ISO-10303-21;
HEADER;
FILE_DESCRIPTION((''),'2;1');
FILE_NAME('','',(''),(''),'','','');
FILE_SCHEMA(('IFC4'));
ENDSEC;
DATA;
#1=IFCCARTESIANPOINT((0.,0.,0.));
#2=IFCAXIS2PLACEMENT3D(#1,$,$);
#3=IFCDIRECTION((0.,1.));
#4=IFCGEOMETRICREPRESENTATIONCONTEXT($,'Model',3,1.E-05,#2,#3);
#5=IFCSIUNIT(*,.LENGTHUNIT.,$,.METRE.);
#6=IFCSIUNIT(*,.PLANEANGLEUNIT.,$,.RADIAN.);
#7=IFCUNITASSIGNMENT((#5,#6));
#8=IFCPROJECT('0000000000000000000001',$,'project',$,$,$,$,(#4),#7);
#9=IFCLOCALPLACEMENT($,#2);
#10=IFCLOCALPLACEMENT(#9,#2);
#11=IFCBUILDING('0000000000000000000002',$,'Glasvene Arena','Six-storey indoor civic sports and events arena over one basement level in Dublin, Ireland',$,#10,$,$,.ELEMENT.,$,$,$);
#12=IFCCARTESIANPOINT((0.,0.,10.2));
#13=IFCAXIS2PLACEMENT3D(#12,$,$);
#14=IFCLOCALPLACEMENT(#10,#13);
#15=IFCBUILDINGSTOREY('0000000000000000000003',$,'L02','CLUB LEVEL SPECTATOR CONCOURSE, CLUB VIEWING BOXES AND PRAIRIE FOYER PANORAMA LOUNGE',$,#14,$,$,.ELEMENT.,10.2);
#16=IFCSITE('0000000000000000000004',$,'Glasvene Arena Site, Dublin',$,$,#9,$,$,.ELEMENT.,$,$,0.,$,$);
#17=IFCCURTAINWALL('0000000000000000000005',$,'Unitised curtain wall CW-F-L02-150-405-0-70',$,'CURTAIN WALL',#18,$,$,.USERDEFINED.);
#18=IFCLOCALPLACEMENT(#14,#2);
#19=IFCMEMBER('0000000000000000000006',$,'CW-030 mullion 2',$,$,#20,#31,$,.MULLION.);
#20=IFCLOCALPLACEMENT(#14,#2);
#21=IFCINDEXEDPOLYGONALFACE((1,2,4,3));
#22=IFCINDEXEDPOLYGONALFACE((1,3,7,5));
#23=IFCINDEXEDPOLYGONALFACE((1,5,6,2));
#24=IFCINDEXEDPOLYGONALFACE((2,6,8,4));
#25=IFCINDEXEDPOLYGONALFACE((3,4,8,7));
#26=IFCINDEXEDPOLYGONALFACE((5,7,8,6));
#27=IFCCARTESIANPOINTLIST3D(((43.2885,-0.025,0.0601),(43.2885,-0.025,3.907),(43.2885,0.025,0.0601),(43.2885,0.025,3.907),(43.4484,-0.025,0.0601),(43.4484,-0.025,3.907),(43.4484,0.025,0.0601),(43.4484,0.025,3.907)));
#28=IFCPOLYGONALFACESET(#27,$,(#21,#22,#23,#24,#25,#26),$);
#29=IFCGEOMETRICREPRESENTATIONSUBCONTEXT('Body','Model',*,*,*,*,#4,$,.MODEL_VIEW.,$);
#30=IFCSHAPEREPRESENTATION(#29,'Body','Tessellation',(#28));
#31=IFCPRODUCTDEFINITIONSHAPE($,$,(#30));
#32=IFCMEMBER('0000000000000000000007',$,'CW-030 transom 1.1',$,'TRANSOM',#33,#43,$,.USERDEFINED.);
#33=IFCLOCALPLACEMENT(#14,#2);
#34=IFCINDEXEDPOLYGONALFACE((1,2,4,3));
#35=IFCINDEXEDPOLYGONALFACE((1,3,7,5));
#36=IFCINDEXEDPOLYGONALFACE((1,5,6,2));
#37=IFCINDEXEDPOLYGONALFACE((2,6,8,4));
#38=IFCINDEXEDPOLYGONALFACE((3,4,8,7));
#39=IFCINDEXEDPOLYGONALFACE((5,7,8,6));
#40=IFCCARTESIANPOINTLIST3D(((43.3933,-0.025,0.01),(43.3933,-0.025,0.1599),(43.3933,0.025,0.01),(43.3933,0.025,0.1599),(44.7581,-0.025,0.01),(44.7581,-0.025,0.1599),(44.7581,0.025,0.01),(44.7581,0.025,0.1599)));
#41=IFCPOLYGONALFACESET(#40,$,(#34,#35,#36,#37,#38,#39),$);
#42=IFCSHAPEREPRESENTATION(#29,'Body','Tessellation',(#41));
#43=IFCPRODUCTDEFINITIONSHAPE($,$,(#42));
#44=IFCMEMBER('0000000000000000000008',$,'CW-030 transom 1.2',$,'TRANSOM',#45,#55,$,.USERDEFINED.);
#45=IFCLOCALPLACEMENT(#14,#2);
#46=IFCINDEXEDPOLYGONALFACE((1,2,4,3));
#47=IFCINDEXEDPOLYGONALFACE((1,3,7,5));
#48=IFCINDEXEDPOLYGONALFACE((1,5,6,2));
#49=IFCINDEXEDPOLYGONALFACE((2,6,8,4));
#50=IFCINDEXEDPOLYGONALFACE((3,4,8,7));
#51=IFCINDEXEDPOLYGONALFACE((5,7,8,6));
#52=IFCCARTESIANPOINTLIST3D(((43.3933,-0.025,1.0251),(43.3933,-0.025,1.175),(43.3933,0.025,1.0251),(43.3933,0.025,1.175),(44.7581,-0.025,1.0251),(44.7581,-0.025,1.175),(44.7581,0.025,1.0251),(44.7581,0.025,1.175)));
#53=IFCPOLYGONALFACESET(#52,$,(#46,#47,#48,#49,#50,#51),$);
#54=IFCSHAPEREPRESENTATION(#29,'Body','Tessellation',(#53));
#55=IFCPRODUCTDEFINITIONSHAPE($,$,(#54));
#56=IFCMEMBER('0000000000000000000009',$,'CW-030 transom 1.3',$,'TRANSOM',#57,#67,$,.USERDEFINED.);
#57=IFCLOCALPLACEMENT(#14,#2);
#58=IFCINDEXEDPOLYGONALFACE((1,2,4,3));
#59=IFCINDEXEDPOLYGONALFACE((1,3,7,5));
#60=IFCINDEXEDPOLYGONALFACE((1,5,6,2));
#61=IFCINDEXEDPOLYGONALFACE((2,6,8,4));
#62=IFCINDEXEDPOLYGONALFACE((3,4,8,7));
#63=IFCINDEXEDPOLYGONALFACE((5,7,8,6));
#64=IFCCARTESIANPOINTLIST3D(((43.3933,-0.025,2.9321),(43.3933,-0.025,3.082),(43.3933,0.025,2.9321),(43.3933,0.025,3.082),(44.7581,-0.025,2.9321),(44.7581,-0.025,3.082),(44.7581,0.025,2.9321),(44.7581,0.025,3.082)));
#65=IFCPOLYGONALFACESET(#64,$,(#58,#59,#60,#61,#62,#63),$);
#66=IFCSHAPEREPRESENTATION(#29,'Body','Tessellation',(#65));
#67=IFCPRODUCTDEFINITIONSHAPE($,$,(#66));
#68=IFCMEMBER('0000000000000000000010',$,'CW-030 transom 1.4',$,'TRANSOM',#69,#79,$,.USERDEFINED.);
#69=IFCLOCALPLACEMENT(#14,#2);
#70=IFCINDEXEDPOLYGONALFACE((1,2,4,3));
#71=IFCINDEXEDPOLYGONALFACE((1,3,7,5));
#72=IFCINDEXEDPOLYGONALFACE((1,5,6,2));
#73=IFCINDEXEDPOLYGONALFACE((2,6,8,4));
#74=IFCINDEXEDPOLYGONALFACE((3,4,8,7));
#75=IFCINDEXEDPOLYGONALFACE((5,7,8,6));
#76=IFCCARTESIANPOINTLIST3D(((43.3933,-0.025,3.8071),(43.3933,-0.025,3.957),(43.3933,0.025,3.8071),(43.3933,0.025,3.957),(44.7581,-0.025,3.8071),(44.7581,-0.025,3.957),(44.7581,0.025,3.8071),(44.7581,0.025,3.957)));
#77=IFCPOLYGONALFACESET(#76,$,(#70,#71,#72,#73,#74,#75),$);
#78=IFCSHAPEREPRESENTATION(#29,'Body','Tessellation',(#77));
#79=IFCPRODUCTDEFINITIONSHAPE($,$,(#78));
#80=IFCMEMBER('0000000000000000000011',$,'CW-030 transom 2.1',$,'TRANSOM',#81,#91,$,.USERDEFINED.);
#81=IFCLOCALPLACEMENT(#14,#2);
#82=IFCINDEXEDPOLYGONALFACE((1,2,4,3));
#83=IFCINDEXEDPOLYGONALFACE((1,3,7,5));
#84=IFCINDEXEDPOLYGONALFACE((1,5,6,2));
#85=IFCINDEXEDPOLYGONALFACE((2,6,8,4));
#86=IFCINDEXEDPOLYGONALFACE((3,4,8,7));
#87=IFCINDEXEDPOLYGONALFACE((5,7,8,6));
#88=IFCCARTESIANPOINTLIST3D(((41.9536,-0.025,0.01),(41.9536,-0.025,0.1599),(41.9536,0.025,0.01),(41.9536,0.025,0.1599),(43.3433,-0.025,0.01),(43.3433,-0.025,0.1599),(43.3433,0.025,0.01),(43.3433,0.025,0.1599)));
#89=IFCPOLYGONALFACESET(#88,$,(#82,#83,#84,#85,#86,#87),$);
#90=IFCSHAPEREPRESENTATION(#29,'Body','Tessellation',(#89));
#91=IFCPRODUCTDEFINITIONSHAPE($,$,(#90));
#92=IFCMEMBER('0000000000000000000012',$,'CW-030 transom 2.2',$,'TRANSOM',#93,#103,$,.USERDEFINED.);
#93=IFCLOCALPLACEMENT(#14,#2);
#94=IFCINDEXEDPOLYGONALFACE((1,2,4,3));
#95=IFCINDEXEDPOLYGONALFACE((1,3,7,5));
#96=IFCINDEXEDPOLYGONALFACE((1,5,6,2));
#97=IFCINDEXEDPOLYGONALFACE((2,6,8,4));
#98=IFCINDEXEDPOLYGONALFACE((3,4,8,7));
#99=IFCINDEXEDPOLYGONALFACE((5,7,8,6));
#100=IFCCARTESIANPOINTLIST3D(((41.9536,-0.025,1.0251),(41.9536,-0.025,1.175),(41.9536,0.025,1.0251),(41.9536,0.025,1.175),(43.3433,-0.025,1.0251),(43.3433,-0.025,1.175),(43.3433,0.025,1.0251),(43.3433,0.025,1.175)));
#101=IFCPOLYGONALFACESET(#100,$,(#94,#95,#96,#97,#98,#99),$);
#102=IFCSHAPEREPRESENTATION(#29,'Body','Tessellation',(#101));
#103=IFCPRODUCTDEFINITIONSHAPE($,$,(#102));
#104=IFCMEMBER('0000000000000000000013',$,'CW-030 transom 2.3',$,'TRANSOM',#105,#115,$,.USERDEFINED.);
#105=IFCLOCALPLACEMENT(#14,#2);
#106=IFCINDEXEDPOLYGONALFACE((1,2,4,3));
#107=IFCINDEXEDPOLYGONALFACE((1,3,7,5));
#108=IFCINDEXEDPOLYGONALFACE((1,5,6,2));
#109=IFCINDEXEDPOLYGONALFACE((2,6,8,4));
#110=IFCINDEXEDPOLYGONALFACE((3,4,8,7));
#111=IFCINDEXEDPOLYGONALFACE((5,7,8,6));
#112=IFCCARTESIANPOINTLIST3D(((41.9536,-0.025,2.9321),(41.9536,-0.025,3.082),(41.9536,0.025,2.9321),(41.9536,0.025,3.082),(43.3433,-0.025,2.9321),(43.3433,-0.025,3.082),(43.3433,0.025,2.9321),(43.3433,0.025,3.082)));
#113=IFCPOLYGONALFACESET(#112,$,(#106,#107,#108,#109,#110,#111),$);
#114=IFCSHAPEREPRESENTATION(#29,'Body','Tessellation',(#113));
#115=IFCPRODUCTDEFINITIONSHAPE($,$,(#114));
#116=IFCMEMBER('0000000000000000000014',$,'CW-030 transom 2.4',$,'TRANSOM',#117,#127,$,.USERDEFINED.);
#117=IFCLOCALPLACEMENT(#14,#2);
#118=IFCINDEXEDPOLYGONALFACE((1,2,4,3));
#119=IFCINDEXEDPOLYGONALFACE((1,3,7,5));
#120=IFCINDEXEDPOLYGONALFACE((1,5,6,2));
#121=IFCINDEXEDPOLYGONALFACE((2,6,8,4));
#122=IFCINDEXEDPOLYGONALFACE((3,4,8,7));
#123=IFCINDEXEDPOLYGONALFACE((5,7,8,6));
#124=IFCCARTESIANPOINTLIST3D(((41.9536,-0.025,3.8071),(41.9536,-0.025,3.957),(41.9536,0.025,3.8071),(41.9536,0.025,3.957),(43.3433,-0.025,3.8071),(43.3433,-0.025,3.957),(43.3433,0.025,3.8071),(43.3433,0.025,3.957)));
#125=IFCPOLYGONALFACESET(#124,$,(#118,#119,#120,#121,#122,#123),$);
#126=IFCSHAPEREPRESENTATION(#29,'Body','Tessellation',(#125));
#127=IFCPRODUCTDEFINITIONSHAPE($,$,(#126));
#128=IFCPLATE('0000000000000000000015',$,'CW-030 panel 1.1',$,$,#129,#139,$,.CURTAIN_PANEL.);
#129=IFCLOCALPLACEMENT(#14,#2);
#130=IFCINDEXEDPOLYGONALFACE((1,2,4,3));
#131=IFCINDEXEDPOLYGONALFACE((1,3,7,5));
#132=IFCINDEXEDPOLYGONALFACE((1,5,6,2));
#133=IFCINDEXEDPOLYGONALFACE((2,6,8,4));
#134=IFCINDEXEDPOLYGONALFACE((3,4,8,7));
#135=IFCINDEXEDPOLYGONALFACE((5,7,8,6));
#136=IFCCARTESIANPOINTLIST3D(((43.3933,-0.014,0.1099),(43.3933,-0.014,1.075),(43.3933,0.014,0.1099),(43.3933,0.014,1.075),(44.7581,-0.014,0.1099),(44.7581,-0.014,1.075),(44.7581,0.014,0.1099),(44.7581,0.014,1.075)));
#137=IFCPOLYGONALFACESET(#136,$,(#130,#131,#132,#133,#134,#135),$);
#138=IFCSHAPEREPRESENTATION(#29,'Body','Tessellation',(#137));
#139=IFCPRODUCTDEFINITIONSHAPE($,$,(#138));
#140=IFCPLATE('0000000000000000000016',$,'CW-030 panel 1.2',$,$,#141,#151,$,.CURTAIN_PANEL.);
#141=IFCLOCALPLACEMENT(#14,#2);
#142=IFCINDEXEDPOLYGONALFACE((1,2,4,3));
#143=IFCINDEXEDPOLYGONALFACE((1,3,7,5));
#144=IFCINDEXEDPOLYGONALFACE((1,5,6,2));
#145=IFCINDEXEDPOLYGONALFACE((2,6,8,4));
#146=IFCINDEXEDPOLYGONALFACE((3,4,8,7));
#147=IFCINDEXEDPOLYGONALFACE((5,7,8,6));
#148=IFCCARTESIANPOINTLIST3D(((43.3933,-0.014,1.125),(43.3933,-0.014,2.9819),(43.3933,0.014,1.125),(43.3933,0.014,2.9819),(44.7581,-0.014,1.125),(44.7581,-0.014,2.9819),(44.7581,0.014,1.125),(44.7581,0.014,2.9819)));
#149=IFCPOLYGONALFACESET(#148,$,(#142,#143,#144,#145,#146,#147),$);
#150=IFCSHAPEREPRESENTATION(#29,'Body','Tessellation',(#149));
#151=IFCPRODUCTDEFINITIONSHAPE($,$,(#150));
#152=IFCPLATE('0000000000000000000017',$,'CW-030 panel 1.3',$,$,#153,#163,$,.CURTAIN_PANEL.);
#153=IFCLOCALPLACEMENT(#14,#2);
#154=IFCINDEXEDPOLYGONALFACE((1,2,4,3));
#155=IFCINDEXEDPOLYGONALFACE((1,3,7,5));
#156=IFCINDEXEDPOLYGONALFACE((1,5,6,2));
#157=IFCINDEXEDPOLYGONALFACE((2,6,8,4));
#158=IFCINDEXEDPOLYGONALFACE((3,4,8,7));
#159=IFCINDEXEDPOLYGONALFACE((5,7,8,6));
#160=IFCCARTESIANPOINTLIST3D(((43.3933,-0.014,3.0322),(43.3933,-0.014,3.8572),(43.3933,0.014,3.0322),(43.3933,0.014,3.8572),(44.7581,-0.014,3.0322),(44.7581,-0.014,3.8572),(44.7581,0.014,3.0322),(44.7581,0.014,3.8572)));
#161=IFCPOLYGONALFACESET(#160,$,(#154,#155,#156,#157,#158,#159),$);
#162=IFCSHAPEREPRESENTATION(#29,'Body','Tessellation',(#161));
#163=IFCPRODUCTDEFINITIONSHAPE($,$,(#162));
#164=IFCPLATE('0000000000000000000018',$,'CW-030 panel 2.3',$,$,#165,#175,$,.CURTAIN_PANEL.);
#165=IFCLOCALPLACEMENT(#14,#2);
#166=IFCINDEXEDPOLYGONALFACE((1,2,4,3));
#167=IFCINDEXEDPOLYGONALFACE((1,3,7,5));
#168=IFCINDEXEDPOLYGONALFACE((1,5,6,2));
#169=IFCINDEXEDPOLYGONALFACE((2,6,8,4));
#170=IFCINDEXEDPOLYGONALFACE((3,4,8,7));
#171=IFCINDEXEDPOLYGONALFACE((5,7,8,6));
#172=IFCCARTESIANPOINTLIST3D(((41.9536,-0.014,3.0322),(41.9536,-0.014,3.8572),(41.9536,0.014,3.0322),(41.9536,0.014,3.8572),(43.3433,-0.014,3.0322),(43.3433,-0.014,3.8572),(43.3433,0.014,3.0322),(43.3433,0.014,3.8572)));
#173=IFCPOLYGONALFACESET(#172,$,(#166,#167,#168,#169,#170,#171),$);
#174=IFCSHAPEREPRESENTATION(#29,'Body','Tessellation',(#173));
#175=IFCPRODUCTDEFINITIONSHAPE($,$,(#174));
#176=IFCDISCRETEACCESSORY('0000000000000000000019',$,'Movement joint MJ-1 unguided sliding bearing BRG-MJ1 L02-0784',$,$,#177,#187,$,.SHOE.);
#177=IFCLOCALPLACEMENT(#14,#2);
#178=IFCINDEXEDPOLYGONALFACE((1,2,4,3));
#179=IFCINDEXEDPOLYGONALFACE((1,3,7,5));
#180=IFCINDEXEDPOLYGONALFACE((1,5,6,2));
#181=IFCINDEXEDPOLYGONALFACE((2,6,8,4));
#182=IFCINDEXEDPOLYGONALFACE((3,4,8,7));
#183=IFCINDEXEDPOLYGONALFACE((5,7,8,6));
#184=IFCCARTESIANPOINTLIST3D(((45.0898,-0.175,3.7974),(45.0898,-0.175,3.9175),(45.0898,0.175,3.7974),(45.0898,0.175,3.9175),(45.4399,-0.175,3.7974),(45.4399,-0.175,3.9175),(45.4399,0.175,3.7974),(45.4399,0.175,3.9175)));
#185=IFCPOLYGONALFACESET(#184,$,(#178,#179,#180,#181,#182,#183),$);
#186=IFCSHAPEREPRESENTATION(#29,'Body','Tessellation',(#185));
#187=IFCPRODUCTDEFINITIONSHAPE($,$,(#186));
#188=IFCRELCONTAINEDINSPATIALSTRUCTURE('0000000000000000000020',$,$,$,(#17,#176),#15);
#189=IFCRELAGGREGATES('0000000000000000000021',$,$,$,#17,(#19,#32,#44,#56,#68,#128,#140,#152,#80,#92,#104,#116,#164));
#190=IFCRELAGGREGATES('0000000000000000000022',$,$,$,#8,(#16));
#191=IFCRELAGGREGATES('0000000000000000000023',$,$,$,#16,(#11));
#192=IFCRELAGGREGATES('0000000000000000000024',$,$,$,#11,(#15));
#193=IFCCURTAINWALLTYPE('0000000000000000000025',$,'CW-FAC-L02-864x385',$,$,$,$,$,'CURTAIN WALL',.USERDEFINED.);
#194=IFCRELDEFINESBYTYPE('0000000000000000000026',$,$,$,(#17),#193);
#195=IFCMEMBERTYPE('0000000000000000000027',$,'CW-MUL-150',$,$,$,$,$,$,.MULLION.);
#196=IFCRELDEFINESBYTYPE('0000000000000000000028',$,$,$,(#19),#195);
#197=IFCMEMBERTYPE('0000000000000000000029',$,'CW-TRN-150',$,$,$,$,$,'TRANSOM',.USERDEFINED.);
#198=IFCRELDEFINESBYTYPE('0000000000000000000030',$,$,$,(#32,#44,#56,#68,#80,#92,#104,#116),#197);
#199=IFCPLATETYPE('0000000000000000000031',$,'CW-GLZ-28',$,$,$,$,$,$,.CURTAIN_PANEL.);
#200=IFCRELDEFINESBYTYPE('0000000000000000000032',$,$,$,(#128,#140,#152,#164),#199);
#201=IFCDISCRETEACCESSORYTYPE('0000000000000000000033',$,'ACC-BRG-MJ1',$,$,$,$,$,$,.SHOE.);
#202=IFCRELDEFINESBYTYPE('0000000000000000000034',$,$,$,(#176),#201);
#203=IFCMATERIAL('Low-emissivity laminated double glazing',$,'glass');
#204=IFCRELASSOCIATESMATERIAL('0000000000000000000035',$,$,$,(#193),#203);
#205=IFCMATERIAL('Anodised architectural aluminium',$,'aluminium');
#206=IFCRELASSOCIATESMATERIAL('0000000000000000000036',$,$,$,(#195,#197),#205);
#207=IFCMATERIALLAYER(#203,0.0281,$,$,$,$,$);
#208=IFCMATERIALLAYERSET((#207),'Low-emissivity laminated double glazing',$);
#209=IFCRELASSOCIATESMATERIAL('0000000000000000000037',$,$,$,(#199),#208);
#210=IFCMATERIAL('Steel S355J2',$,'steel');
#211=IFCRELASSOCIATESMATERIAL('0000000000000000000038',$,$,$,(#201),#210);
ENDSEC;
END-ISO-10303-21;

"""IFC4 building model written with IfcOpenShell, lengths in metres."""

from ifc_helpers import new_model, si_unit, direction, frame, origin, origin_2d, place, context, subcontext, project, spatial, rectangle, extrude, material, layer, layer_set, material_profile, profile_set, type_object, element, aggregate, save


model = new_model("IFC4")

# Units and contexts
model_context = context("Model", 3, precision=1e-05, world=origin(), true_north=direction((0.0, 1.0)))
body_context = subcontext(model_context, "Body", "Model", "MODEL_VIEW")
ifc_project = project(units=[si_unit("LENGTHUNIT", "METRE"), si_unit("PLANEANGLEUNIT", "RADIAN")], contexts=[model_context])

# Site, building, storey
site_placement = place(None, origin())
site = spatial("IfcSite", under=ifc_project, at=site_placement, Name="Glasvene Arena Site, Dublin", CompositionType="ELEMENT", RefElevation=0.0)
building_placement = place(site_placement, origin())
building = spatial("IfcBuilding", under=site, at=building_placement, Name="Glasvene Arena", Description="Six-storey indoor civic sports and events arena over one basement level in Dublin, Ireland", CompositionType="ELEMENT")
storey_placement = place(building_placement, frame((0.0, 0.0, 10.2)))
storey = spatial("IfcBuildingStorey", under=building, at=storey_placement, Name="L02", Description="CLUB LEVEL SPECTATOR CONCOURSE, CLUB VIEWING BOXES AND PRAIRIE FOYER PANORAMA LOUNGE", CompositionType="ELEMENT", Elevation=10.2)

# Shared definitions
ifc_material_1 = material(Name="Steel S355J2", Category="steel")

# Curtain wall, members, plates
ifc_material_2 = material(Name="Low-emissivity laminated double glazing", Category="glass")
curtain_wall_type = type_object("IfcCurtainWallType", Name="CW-FAC-L02-864x385", ElementType="CURTAIN WALL", PredefinedType="USERDEFINED", material=ifc_material_2)
curtain_wall_placement = place(storey_placement, frame((44.8081, 0.0, 0.0)))
curtain_wall = element("IfcCurtainWall", 1, at=curtain_wall_placement, inside=storey, type_object=curtain_wall_type, Name="Unitised curtain wall CW-F-L02-150-405-0-70", ObjectType="CURTAIN WALL", PredefinedType="USERDEFINED")
ifc_material_3 = material(Name="Anodised architectural aluminium", Category="aluminium")
ifc_material_profile_1 = material_profile(ifc_material_3, rectangle(XDim=0.05, YDim=0.1599, at=origin_2d()), Name="ALU MULLION 50x160")
ifc_profile_set_1 = profile_set([ifc_material_profile_1], Name="Anodised architectural aluminium")
member_type_1 = type_object("IfcMemberType", Name="CW-MUL-150", PredefinedType="MULLION", material=ifc_profile_set_1)
member_1_placement = place(storey_placement, frame((43.3684, 0.0, 0.0601), z_axis=(0.0, 0.0, 1.0), x_axis=(0.0, -1.0, 0.0)))
member_1 = element("IfcMember", 2, at=member_1_placement, type_object=member_type_1, Name="CW-030 mullion 2", PredefinedType="MULLION", context=body_context, shape_type="SweptSolid", body=[
    extrude(rectangle(XDim=0.05, YDim=0.1599, at=origin_2d()), origin(), (0.0, 0.0, 1.0), 3.8469),
])
ifc_material_profile_2 = material_profile(ifc_material_3, rectangle(XDim=0.05, YDim=0.1499, at=origin_2d()), Name="ALU TRANSOM 50x150")
ifc_profile_set_2 = profile_set([ifc_material_profile_2], Name="Anodised architectural aluminium")
member_type_2 = type_object("IfcMemberType", Name="CW-TRN-150", ElementType="TRANSOM", PredefinedType="USERDEFINED", material=ifc_profile_set_2)
member_2_placement = place(storey_placement, frame((44.7581, 0.0, 0.085), z_axis=(-1.0, 0.0, 0.0), x_axis=(0.0, -1.0, 0.0)))
member_2 = element("IfcMember", 3, at=member_2_placement, type_object=member_type_2, Name="CW-030 transom 1.1", ObjectType="TRANSOM", PredefinedType="USERDEFINED", context=body_context, shape_type="SweptSolid", body=[
    extrude(rectangle(XDim=0.05, YDim=0.1499, at=origin_2d()), origin(), (0.0, 0.0, 1.0), 1.3647),
])
member_3_placement = place(storey_placement, frame((44.7581, 0.0, 1.1001), z_axis=(-1.0, 0.0, 0.0), x_axis=(0.0, -1.0, 0.0)))
member_3 = element("IfcMember", 4, at=member_3_placement, type_object=member_type_2, Name="CW-030 transom 1.2", ObjectType="TRANSOM", PredefinedType="USERDEFINED", context=body_context, shape_type="SweptSolid", body=[
    extrude(rectangle(XDim=0.05, YDim=0.1499, at=origin_2d()), origin(), (0.0, 0.0, 1.0), 1.3647),
])
member_4_placement = place(storey_placement, frame((44.7581, 0.0, 3.0071), z_axis=(-1.0, 0.0, 0.0), x_axis=(0.0, -1.0, 0.0)))
member_4 = element("IfcMember", 5, at=member_4_placement, type_object=member_type_2, Name="CW-030 transom 1.3", ObjectType="TRANSOM", PredefinedType="USERDEFINED", context=body_context, shape_type="SweptSolid", body=[
    extrude(rectangle(XDim=0.05, YDim=0.1499, at=origin_2d()), origin(), (0.0, 0.0, 1.0), 1.3647),
])
member_5_placement = place(storey_placement, frame((44.7581, 0.0, 3.8821), z_axis=(-1.0, 0.0, 0.0), x_axis=(0.0, -1.0, 0.0)))
member_5 = element("IfcMember", 6, at=member_5_placement, type_object=member_type_2, Name="CW-030 transom 1.4", ObjectType="TRANSOM", PredefinedType="USERDEFINED", context=body_context, shape_type="SweptSolid", body=[
    extrude(rectangle(XDim=0.05, YDim=0.1499, at=origin_2d()), origin(), (0.0, 0.0, 1.0), 1.3647),
])
member_6_placement = place(storey_placement, frame((43.3433, 0.0, 0.085), z_axis=(-1.0, 0.0, 0.0), x_axis=(0.0, -1.0, 0.0)))
member_6 = element("IfcMember", 7, at=member_6_placement, type_object=member_type_2, Name="CW-030 transom 2.1", ObjectType="TRANSOM", PredefinedType="USERDEFINED", context=body_context, shape_type="SweptSolid", body=[
    extrude(rectangle(XDim=0.05, YDim=0.1499, at=origin_2d()), origin(), (0.0, 0.0, 1.0), 1.3896),
])
member_7_placement = place(storey_placement, frame((43.3433, 0.0, 1.1001), z_axis=(-1.0, 0.0, 0.0), x_axis=(0.0, -1.0, 0.0)))
member_7 = element("IfcMember", 8, at=member_7_placement, type_object=member_type_2, Name="CW-030 transom 2.2", ObjectType="TRANSOM", PredefinedType="USERDEFINED", context=body_context, shape_type="SweptSolid", body=[
    extrude(rectangle(XDim=0.05, YDim=0.1499, at=origin_2d()), origin(), (0.0, 0.0, 1.0), 1.3896),
])
member_8_placement = place(storey_placement, frame((43.3433, 0.0, 3.0071), z_axis=(-1.0, 0.0, 0.0), x_axis=(0.0, -1.0, 0.0)))
member_8 = element("IfcMember", 9, at=member_8_placement, type_object=member_type_2, Name="CW-030 transom 2.3", ObjectType="TRANSOM", PredefinedType="USERDEFINED", context=body_context, shape_type="SweptSolid", body=[
    extrude(rectangle(XDim=0.05, YDim=0.1499, at=origin_2d()), origin(), (0.0, 0.0, 1.0), 1.3896),
])
member_9_placement = place(storey_placement, frame((43.3433, 0.0, 3.8821), z_axis=(-1.0, 0.0, 0.0), x_axis=(0.0, -1.0, 0.0)))
member_9 = element("IfcMember", 10, at=member_9_placement, type_object=member_type_2, Name="CW-030 transom 2.4", ObjectType="TRANSOM", PredefinedType="USERDEFINED", context=body_context, shape_type="SweptSolid", body=[
    extrude(rectangle(XDim=0.05, YDim=0.1499, at=origin_2d()), origin(), (0.0, 0.0, 1.0), 1.3896),
])
ifc_layer = layer(ifc_material_2, 0.0281)
ifc_layer_set = layer_set([ifc_layer], Name="Low-emissivity laminated double glazing")
plate_type = type_object("IfcPlateType", Name="CW-GLZ-28", PredefinedType="CURTAIN_PANEL", material=ifc_layer_set)
plate_1_placement = place(storey_placement, frame((44.0757, 0.0, 0.1099), z_axis=(0.0, 0.0, 1.0), x_axis=(-1.0, 0.0, 0.0)))
plate_1 = element("IfcPlate", 11, at=plate_1_placement, type_object=plate_type, Name="CW-030 panel 1.1", PredefinedType="CURTAIN_PANEL", context=body_context, shape_type="SweptSolid", body=[
    extrude(rectangle(XDim=1.3647, YDim=0.0281, at=origin_2d()), origin(), (0.0, 0.0, 1.0), 0.9651),
])
plate_2_placement = place(storey_placement, frame((44.0757, 0.0, 1.125), z_axis=(0.0, 0.0, 1.0), x_axis=(-1.0, 0.0, 0.0)))
plate_2 = element("IfcPlate", 12, at=plate_2_placement, type_object=plate_type, Name="CW-030 panel 1.2", PredefinedType="CURTAIN_PANEL", context=body_context, shape_type="SweptSolid", body=[
    extrude(rectangle(XDim=1.3647, YDim=0.0281, at=origin_2d()), origin(), (0.0, 0.0, 1.0), 1.8569),
])
plate_3_placement = place(storey_placement, frame((44.0757, 0.0, 3.0322), z_axis=(0.0, 0.0, 1.0), x_axis=(-1.0, 0.0, 0.0)))
plate_3 = element("IfcPlate", 13, at=plate_3_placement, type_object=plate_type, Name="CW-030 panel 1.3", PredefinedType="CURTAIN_PANEL", context=body_context, shape_type="SweptSolid", body=[
    extrude(rectangle(XDim=1.3647, YDim=0.0281, at=origin_2d()), origin(), (0.0, 0.0, 1.0), 0.825),
])
plate_4_placement = place(storey_placement, frame((42.6484, 0.0, 3.0322), z_axis=(0.0, 0.0, 1.0), x_axis=(-1.0, 0.0, 0.0)))
plate_4 = element("IfcPlate", 14, at=plate_4_placement, type_object=plate_type, Name="CW-030 panel 2.3", PredefinedType="CURTAIN_PANEL", context=body_context, shape_type="SweptSolid", body=[
    extrude(rectangle(XDim=1.3896, YDim=0.0281, at=origin_2d()), origin(), (0.0, 0.0, 1.0), 0.825),
])
aggregate(curtain_wall, [member_1, member_2, member_3, member_4, member_5, plate_1, plate_2, plate_3, member_6, member_7, member_8, member_9, plate_4])

# Discrete accessory
discrete_accessory_type_1 = type_object("IfcDiscreteAccessoryType", Name="ACC-BRG-MJ1", PredefinedType="SHOE", material=ifc_material_1)
for number, where, z_axis, x_axis, name in (
    (15, (45.2649, 0.0, 3.7974), (0.0, 0.0, 1.0), (1.0, 0.0, 0.0), "Movement joint MJ-1 unguided sliding bearing BRG-MJ1 L02-0784"),
):
    element("IfcDiscreteAccessory", number, at=place(storey_placement, frame(where, z_axis=z_axis, x_axis=x_axis)), inside=storey, type_object=discrete_accessory_type_1, Name=name, PredefinedType="SHOE", context=body_context, shape_type="SweptSolid", body=[
        extrude(rectangle(XDim=0.3501, YDim=0.3501, at=origin_2d()), origin(), (0.0, 0.0, 1.0), 0.1201),
    ])

save(model, "model.ifc")
